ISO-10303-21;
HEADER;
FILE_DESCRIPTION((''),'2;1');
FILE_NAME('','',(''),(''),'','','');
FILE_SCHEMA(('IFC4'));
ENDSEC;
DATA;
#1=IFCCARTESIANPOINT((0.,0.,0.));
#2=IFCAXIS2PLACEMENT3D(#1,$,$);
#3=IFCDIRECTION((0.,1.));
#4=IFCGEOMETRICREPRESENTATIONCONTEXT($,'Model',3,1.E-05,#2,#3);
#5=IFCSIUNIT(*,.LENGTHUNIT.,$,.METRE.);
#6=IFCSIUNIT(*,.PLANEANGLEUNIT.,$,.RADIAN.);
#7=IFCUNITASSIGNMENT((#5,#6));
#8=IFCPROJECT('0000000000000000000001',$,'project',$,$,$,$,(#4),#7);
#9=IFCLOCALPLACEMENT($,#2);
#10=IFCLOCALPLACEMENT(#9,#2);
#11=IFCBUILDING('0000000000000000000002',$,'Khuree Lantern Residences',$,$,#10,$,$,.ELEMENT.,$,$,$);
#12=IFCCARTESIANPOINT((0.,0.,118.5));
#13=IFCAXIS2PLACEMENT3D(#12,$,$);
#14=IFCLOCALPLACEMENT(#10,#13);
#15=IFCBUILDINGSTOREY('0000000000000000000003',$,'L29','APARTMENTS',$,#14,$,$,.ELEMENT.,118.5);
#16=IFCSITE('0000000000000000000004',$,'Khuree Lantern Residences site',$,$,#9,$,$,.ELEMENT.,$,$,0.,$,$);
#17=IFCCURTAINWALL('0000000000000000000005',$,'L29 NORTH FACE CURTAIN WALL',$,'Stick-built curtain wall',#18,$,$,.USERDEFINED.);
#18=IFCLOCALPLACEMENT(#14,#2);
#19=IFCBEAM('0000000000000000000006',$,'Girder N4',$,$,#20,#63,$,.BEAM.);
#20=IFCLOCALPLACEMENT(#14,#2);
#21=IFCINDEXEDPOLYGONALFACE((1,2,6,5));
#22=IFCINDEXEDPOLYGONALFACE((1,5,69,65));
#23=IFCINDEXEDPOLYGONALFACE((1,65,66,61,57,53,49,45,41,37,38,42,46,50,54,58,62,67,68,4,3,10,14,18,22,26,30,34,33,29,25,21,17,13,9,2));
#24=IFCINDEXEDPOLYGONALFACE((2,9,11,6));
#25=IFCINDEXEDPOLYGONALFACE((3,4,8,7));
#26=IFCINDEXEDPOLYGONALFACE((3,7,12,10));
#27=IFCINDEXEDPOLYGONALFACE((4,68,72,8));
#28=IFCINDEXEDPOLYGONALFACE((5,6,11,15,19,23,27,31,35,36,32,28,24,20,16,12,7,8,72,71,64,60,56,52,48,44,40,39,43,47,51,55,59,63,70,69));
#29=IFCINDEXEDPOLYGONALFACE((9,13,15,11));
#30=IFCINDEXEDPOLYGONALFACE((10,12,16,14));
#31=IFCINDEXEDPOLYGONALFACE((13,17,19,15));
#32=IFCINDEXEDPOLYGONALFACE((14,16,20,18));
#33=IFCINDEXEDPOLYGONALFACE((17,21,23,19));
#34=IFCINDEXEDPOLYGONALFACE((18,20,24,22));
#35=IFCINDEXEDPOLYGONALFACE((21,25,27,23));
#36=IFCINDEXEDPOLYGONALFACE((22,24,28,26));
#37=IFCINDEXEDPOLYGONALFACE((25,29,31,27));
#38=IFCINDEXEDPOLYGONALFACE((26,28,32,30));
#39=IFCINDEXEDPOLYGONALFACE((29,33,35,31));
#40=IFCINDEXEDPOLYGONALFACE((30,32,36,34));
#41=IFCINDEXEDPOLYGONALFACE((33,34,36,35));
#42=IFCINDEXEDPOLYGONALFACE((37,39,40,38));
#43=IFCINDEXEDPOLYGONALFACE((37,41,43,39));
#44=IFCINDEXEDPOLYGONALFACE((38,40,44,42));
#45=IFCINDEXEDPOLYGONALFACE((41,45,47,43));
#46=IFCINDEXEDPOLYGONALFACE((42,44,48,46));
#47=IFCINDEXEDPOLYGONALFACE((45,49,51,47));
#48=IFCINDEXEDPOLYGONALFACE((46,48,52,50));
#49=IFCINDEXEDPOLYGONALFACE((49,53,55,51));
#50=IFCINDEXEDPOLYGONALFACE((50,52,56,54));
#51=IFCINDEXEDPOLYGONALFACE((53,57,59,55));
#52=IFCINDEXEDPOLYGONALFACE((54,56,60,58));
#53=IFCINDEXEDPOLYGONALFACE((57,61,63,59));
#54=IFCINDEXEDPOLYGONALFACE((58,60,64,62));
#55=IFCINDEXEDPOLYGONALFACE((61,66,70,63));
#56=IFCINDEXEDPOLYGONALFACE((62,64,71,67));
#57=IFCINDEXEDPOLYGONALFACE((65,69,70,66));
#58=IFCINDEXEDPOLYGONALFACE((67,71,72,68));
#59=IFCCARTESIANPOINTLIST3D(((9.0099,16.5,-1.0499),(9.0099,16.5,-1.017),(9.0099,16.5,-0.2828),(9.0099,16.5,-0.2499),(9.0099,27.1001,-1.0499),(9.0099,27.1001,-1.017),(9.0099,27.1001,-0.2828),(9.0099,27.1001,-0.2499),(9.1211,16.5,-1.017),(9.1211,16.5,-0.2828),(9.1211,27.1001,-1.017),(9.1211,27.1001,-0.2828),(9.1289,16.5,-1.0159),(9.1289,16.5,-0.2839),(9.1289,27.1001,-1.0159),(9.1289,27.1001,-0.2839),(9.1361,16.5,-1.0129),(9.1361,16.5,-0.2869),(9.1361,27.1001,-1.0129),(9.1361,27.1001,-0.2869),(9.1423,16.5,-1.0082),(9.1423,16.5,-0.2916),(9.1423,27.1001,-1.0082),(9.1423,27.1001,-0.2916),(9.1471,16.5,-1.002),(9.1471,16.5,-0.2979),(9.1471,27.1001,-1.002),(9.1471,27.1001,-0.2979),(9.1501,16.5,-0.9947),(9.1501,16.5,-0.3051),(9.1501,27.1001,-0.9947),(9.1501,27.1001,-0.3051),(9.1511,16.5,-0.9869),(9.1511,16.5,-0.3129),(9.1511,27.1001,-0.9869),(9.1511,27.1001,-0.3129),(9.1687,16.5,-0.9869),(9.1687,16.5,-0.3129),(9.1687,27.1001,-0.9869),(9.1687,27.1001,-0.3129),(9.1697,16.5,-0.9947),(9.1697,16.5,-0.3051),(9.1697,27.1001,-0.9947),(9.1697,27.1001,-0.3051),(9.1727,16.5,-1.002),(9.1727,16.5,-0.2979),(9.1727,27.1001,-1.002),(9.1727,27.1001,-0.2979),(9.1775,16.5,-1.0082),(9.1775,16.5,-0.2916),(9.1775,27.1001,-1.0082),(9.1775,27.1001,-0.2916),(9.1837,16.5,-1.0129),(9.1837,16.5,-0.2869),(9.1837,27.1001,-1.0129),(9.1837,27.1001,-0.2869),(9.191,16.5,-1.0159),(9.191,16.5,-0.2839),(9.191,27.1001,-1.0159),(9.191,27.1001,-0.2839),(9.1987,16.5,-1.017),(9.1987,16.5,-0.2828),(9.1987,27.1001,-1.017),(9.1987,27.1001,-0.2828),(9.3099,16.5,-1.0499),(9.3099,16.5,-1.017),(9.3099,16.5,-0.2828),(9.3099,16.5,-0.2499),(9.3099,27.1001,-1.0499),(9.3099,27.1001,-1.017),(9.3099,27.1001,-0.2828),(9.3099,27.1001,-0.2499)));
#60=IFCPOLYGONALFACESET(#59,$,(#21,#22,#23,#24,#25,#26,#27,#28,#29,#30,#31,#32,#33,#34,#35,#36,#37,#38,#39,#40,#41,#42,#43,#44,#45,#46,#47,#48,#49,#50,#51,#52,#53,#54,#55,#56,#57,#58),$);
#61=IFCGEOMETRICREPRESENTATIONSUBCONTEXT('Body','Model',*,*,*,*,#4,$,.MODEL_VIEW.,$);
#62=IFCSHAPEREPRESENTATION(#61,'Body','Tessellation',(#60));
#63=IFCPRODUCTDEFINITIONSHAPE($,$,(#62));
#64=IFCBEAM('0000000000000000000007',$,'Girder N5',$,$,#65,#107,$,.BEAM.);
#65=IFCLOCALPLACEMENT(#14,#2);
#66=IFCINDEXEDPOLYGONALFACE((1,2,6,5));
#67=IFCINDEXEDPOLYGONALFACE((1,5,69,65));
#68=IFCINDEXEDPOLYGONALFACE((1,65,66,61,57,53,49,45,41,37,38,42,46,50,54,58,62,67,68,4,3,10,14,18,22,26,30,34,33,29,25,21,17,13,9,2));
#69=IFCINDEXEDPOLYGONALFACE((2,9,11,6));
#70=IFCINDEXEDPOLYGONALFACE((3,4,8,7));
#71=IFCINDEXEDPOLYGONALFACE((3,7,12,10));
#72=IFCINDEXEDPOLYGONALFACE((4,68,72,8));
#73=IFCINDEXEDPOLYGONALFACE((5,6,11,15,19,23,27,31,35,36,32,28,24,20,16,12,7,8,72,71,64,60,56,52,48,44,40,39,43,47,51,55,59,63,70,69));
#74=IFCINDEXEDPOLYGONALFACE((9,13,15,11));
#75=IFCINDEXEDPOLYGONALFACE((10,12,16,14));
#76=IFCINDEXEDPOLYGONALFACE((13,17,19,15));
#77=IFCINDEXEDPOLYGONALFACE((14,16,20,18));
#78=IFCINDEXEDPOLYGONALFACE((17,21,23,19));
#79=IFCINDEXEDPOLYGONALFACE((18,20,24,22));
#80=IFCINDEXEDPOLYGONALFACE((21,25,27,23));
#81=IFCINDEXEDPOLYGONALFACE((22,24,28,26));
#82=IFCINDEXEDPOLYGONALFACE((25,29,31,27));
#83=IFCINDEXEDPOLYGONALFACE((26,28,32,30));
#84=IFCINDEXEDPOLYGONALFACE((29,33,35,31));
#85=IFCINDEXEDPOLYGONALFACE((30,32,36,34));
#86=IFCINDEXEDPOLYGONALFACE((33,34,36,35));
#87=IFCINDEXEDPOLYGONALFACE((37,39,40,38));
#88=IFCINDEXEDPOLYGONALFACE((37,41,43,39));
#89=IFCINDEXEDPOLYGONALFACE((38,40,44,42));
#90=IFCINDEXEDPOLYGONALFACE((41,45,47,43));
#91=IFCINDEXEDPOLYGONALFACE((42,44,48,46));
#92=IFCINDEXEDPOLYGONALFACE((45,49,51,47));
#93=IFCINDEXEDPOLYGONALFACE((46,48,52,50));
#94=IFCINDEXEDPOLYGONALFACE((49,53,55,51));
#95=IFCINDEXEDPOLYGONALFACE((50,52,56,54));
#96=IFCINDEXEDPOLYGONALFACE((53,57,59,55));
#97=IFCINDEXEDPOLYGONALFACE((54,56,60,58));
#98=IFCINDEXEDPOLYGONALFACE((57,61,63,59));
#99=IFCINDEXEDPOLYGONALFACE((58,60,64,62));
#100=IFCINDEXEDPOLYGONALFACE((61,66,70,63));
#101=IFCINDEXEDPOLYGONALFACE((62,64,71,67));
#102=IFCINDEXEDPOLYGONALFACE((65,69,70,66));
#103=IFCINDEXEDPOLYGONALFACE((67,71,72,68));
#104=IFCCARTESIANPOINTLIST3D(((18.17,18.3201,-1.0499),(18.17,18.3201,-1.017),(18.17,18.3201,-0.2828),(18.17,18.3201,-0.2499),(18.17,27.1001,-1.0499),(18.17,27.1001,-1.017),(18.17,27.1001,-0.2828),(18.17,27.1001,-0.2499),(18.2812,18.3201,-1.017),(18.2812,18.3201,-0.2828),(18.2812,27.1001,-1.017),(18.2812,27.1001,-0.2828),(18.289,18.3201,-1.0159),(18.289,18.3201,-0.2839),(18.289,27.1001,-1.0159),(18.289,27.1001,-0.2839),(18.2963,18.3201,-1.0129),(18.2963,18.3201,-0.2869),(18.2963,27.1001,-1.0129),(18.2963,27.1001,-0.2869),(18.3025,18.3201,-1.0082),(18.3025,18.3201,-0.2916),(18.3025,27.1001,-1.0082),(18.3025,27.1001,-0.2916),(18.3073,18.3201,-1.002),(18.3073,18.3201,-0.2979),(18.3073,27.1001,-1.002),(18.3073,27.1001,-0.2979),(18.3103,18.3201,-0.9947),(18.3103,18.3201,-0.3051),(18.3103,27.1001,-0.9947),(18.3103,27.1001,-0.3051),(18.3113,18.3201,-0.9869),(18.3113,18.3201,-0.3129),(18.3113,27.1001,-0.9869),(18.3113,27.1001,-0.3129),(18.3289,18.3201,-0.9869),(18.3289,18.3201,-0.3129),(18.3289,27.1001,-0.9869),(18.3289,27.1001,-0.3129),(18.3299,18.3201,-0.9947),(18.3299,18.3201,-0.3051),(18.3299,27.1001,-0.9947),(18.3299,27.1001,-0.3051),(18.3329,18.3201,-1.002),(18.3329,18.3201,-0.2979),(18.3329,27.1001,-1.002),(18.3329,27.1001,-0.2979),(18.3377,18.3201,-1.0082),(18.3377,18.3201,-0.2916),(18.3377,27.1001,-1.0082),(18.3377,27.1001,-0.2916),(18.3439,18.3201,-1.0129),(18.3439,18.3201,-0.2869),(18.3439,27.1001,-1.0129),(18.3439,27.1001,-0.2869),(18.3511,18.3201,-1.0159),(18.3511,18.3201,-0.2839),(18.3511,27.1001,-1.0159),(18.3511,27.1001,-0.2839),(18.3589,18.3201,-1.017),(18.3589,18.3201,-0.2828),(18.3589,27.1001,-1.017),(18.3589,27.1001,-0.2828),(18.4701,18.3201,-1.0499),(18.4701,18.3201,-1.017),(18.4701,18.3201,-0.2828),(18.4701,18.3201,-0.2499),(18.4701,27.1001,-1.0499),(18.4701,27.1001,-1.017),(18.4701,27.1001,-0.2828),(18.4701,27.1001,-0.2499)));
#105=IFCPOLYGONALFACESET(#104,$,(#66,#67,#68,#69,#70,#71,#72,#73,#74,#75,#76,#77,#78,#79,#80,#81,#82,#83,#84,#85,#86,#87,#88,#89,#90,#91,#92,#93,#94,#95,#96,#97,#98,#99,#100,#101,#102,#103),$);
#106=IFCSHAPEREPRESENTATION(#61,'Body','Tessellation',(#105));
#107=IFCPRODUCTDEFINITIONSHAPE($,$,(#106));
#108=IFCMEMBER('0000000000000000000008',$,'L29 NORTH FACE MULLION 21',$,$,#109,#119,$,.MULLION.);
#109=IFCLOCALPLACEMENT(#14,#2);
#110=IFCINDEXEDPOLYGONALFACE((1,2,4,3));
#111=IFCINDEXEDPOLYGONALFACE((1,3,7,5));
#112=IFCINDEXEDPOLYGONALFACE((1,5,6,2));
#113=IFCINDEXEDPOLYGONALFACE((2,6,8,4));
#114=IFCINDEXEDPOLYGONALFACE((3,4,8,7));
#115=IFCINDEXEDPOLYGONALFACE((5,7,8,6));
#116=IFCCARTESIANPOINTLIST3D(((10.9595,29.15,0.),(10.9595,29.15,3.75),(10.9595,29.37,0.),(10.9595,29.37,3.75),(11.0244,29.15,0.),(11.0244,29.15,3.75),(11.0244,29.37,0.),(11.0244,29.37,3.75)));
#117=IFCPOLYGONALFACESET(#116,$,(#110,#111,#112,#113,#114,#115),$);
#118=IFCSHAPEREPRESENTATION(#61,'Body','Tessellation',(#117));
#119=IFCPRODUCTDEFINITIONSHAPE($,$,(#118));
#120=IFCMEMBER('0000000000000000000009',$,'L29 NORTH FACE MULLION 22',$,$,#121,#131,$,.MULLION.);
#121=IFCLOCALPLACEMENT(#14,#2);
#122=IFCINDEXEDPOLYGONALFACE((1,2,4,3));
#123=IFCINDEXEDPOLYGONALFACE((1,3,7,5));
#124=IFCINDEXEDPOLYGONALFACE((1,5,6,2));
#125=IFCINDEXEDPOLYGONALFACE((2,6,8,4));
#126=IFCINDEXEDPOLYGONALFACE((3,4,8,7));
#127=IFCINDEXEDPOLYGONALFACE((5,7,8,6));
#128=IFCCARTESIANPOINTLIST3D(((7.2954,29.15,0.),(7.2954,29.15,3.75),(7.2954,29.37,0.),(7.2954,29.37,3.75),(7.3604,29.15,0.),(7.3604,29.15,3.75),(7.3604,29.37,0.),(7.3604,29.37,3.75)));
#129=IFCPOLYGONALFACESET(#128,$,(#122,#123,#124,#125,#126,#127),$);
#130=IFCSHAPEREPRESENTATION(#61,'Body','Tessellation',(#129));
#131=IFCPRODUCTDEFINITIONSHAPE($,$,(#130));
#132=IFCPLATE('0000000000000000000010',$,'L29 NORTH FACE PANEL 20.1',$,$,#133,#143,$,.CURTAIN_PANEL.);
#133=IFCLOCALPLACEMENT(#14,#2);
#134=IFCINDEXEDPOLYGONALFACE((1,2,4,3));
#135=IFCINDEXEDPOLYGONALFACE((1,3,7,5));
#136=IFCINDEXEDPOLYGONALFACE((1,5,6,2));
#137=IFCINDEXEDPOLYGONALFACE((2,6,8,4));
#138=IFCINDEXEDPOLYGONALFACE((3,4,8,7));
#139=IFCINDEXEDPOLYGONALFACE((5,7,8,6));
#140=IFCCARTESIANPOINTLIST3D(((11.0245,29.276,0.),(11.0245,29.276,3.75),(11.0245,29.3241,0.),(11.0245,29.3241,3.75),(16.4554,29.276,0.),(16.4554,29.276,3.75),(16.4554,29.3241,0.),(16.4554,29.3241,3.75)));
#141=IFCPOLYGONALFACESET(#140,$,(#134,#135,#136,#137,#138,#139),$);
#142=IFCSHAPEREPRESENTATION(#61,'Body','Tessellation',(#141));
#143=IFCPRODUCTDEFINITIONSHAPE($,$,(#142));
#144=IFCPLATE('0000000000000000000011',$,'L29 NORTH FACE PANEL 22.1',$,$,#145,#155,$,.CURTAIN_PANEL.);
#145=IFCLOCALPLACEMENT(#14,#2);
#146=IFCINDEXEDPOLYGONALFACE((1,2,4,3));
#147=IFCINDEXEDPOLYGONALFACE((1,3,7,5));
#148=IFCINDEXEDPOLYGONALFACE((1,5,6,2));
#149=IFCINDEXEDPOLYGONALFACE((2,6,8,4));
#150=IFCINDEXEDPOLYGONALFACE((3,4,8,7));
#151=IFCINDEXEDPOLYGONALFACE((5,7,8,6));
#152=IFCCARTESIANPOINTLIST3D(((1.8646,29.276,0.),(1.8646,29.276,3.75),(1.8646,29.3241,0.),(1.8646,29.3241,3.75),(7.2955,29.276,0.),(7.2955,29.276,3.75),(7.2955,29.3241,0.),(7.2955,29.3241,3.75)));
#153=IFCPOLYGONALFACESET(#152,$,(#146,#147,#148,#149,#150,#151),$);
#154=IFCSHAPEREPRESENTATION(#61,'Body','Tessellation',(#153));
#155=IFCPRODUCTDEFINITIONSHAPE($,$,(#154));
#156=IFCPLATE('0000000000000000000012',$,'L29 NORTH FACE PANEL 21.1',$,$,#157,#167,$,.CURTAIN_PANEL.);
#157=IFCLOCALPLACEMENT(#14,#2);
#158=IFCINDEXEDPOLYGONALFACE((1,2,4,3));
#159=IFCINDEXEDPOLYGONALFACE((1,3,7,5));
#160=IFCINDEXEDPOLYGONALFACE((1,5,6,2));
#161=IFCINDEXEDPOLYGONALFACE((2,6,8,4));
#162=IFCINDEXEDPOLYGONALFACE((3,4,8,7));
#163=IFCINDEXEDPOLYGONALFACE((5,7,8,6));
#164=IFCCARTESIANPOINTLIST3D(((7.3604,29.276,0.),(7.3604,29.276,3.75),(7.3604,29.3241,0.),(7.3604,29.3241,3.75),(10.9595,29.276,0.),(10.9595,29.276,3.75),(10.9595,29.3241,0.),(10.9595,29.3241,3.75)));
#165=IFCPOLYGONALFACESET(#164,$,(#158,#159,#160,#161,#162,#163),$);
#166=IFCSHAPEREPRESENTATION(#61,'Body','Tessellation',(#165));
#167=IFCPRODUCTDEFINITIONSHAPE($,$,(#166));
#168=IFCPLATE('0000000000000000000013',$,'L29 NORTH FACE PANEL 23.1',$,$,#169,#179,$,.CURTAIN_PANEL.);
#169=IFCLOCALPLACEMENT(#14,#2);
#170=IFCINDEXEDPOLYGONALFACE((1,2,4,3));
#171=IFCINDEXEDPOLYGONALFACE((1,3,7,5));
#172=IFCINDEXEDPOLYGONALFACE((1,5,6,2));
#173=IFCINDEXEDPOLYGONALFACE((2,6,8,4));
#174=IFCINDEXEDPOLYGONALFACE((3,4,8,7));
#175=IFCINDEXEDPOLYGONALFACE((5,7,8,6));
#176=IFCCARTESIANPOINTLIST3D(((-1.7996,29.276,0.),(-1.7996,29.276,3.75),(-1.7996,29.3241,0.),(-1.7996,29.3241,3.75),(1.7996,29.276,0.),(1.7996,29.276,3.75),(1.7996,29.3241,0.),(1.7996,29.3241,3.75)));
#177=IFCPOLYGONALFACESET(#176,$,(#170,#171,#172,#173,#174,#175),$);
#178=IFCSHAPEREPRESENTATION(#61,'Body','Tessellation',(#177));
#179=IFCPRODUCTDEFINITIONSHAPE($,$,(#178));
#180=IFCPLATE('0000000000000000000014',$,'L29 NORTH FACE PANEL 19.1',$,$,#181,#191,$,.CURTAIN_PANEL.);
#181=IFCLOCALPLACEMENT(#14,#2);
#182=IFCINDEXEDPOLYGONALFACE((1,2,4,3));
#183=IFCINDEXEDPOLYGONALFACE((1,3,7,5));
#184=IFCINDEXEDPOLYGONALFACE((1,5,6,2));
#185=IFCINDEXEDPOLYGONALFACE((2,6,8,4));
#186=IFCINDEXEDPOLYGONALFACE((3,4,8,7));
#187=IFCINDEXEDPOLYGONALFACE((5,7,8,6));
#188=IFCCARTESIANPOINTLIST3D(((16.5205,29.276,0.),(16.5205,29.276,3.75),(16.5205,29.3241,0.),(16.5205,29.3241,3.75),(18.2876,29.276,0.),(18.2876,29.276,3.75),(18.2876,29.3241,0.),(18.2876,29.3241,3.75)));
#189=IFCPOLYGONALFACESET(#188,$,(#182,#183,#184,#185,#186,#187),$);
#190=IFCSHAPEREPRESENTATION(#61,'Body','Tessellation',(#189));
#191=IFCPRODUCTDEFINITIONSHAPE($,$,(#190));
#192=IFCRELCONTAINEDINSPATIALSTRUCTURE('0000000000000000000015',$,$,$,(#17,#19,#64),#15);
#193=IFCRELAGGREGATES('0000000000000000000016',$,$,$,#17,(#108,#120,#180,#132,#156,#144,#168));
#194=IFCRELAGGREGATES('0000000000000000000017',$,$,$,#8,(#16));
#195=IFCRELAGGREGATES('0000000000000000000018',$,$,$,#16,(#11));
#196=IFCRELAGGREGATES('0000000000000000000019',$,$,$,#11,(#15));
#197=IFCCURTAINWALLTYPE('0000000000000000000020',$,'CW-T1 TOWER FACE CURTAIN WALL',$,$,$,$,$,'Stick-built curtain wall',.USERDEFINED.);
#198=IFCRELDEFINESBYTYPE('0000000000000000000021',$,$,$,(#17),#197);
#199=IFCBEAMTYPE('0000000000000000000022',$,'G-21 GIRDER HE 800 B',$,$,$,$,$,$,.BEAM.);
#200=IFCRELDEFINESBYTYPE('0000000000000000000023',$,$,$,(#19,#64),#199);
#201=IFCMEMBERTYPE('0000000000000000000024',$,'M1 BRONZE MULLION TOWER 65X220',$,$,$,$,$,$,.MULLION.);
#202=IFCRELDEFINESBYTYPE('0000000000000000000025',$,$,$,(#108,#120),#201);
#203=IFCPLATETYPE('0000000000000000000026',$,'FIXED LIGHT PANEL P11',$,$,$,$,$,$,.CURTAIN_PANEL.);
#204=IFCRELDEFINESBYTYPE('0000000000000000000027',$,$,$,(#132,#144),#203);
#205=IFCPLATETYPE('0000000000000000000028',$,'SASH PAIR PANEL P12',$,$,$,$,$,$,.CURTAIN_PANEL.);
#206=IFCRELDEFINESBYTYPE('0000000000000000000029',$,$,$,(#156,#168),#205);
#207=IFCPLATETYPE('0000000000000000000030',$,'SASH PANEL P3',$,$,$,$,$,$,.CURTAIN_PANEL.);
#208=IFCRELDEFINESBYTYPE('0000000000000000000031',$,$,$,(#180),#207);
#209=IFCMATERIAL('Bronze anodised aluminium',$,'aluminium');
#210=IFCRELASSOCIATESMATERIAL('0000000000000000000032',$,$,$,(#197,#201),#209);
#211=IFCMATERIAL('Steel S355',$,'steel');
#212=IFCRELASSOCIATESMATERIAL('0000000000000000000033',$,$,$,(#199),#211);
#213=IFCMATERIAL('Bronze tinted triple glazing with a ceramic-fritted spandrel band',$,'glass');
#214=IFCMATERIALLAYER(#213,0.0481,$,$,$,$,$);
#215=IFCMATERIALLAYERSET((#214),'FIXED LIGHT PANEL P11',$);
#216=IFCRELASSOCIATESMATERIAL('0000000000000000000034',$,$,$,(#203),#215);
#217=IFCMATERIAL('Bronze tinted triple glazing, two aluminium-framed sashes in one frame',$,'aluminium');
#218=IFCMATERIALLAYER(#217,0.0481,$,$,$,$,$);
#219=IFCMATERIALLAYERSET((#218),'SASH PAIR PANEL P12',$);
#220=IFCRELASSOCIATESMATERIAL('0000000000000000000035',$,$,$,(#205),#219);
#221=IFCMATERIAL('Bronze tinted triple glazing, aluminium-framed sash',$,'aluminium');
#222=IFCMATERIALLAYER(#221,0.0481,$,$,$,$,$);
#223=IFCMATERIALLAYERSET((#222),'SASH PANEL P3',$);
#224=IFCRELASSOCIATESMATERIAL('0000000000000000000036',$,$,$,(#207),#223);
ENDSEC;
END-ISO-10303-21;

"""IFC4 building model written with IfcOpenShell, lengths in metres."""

from ifc_helpers import new_model, si_unit, direction, frame, origin, origin_2d, place, context, subcontext, project, spatial, rectangle, i_section, extrude, material, layer, layer_set, material_profile, profile_set, type_object, element, aggregate, save


model = new_model("IFC4")

# Units and contexts
model_context = context("Model", 3, precision=1e-05, world=origin(), true_north=direction((0.0, 1.0)))
body_context = subcontext(model_context, "Body", "Model", "MODEL_VIEW")
ifc_project = project(units=[si_unit("LENGTHUNIT", "METRE"), si_unit("PLANEANGLEUNIT", "RADIAN")], contexts=[model_context])

# Site, building, storey
site_placement = place(None, origin())
site = spatial("IfcSite", under=ifc_project, at=site_placement, Name="Khuree Lantern Residences site", CompositionType="ELEMENT", RefElevation=0.0)
building_placement = place(site_placement, origin())
building = spatial("IfcBuilding", under=site, at=building_placement, Name="Khuree Lantern Residences", CompositionType="ELEMENT")
storey_placement = place(building_placement, frame((0.0, 0.0, 118.5)))
storey = spatial("IfcBuildingStorey", under=building, at=storey_placement, Name="L29", Description="APARTMENTS", CompositionType="ELEMENT", Elevation=118.5)

# Shared definitions
ifc_material_1 = material(Name="Steel S355", Category="steel")

# Curtain wall
ifc_material_2 = material(Name="Bronze anodised aluminium", Category="aluminium")
curtain_wall_type = type_object("IfcCurtainWallType", Name="CW-T1 TOWER FACE CURTAIN WALL", ElementType="Stick-built curtain wall", PredefinedType="USERDEFINED", material=ifc_material_2)
curtain_wall_placement = place(storey_placement, origin())
curtain_wall = element("IfcCurtainWall", 1, at=curtain_wall_placement, inside=storey, type_object=curtain_wall_type, Name="L29 NORTH FACE CURTAIN WALL", ObjectType="Stick-built curtain wall", PredefinedType="USERDEFINED")

# Beams
ifc_material_profile_1 = material_profile(ifc_material_1, i_section(OverallWidth=0.3, OverallDepth=0.8, WebThickness=0.0176, FlangeThickness=0.033, FilletRadius=0.03, at=origin_2d()), Name="HE 800 B")
ifc_profile_set_1 = profile_set([ifc_material_profile_1], Name="Steel S355")
beam_type_1 = type_object("IfcBeamType", Name="G-21 GIRDER HE 800 B", PredefinedType="BEAM", material=ifc_profile_set_1)
for number, where, z_axis, x_axis, name in (
    (2, (9.1599, 27.1001, -0.6499), (0.0, -1.0, 0.0), (1.0, 0.0, 0.0), "Girder N4"),
):
    element("IfcBeam", number, at=place(storey_placement, frame(where, z_axis=z_axis, x_axis=x_axis)), inside=storey, type_object=beam_type_1, Name=name, PredefinedType="BEAM", context=body_context, shape_type="SweptSolid", body=[
        extrude(i_section(OverallWidth=0.3, OverallDepth=0.8, WebThickness=0.0176, FlangeThickness=0.033, FilletRadius=0.03, at=origin_2d()), origin(), (0.0, 0.0, 1.0), 10.6001),
    ])
beam_1_placement = place(storey_placement, frame((18.3201, 27.1001, -0.6499), z_axis=(0.0, -1.0, 0.0), x_axis=(1.0, 0.0, 0.0)))
element("IfcBeam", 3, at=beam_1_placement, inside=storey, type_object=beam_type_1, Name="Girder N5", PredefinedType="BEAM", context=body_context, shape_type="SweptSolid", body=[
    extrude(i_section(OverallWidth=0.3, OverallDepth=0.8, WebThickness=0.0176, FlangeThickness=0.033, FilletRadius=0.03, at=origin_2d()), origin(), (0.0, 0.0, 1.0), 8.78),
])

# Members
ifc_material_profile_2 = material_profile(ifc_material_2, rectangle(XDim=0.0649, YDim=0.22, at=origin_2d()), Name="M1 65X220")
ifc_profile_set_2 = profile_set([ifc_material_profile_2], Name="Bronze anodised aluminium")
member_type_1 = type_object("IfcMemberType", Name="M1 BRONZE MULLION TOWER 65X220", PredefinedType="MULLION", material=ifc_profile_set_2)
member_1_placement = place(storey_placement, frame((10.9919, 29.26, 0.0), z_axis=(0.0, 0.0, 1.0), x_axis=(-1.0, 0.0, 0.0)))
member_1 = element("IfcMember", 4, at=member_1_placement, type_object=member_type_1, Name="L29 NORTH FACE MULLION 21", PredefinedType="MULLION", context=body_context, shape_type="SweptSolid", body=[
    extrude(rectangle(XDim=0.0649, YDim=0.22, at=origin_2d()), origin(), (0.0, 0.0, 1.0), 3.75),
])
member_2_placement = place(storey_placement, frame((7.3279, 29.26, 0.0), z_axis=(0.0, 0.0, 1.0), x_axis=(-1.0, 0.0, 0.0)))
member_2 = element("IfcMember", 5, at=member_2_placement, type_object=member_type_1, Name="L29 NORTH FACE MULLION 22", PredefinedType="MULLION", context=body_context, shape_type="SweptSolid", body=[
    extrude(rectangle(XDim=0.0649, YDim=0.22, at=origin_2d()), origin(), (0.0, 0.0, 1.0), 3.75),
])

# Plates
ifc_material_3 = material(Name="Bronze tinted triple glazing with a ceramic-fritted spandrel band", Category="glass")
ifc_layer_1 = layer(ifc_material_3, 0.0481)
ifc_layer_set_1 = layer_set([ifc_layer_1], Name="FIXED LIGHT PANEL P11")
plate_type_1 = type_object("IfcPlateType", Name="FIXED LIGHT PANEL P11", PredefinedType="CURTAIN_PANEL", material=ifc_layer_set_1)
plate_1_placement = place(storey_placement, frame((13.74, 29.3, 0.0), z_axis=(0.0, 0.0, 1.0), x_axis=(-1.0, 0.0, 0.0)))
plate_1 = element("IfcPlate", 6, at=plate_1_placement, type_object=plate_type_1, Name="L29 NORTH FACE PANEL 20.1", PredefinedType="CURTAIN_PANEL", context=body_context, shape_type="SweptSolid", body=[
    extrude(rectangle(XDim=5.4309, YDim=0.0481, at=origin_2d()), origin(), (0.0, 0.0, 1.0), 3.75),
])
plate_2_placement = place(storey_placement, frame((4.5801, 29.3, 0.0), z_axis=(0.0, 0.0, 1.0), x_axis=(-1.0, 0.0, 0.0)))
plate_2 = element("IfcPlate", 7, at=plate_2_placement, type_object=plate_type_1, Name="L29 NORTH FACE PANEL 22.1", PredefinedType="CURTAIN_PANEL", context=body_context, shape_type="SweptSolid", body=[
    extrude(rectangle(XDim=5.4309, YDim=0.0481, at=origin_2d()), origin(), (0.0, 0.0, 1.0), 3.75),
])
ifc_material_4 = material(Name="Bronze tinted triple glazing, two aluminium-framed sashes in one frame", Category="aluminium")
ifc_layer_2 = layer(ifc_material_4, 0.0481)
ifc_layer_set_2 = layer_set([ifc_layer_2], Name="SASH PAIR PANEL P12")
plate_type_2 = type_object("IfcPlateType", Name="SASH PAIR PANEL P12", PredefinedType="CURTAIN_PANEL", material=ifc_layer_set_2)
plate_3_placement = place(storey_placement, frame((9.1599, 29.3, 0.0), z_axis=(0.0, 0.0, 1.0), x_axis=(-1.0, 0.0, 0.0)))
plate_3 = element("IfcPlate", 8, at=plate_3_placement, type_object=plate_type_2, Name="L29 NORTH FACE PANEL 21.1", PredefinedType="CURTAIN_PANEL", context=body_context, shape_type="SweptSolid", body=[
    extrude(rectangle(XDim=3.5991, YDim=0.0481, at=origin_2d()), origin(), (0.0, 0.0, 1.0), 3.75),
])
plate_4_placement = place(storey_placement, frame((0.0, 29.3, 0.0), z_axis=(0.0, 0.0, 1.0), x_axis=(-1.0, 0.0, 0.0)))
plate_4 = element("IfcPlate", 9, at=plate_4_placement, type_object=plate_type_2, Name="L29 NORTH FACE PANEL 23.1", PredefinedType="CURTAIN_PANEL", context=body_context, shape_type="SweptSolid", body=[
    extrude(rectangle(XDim=3.5991, YDim=0.0481, at=origin_2d()), origin(), (0.0, 0.0, 1.0), 3.75),
])
ifc_material_5 = material(Name="Bronze tinted triple glazing, aluminium-framed sash", Category="aluminium")
ifc_layer_3 = layer(ifc_material_5, 0.0481)
ifc_layer_set_3 = layer_set([ifc_layer_3], Name="SASH PANEL P3")
plate_type_3 = type_object("IfcPlateType", Name="SASH PANEL P3", PredefinedType="CURTAIN_PANEL", material=ifc_layer_set_3)
plate_5_placement = place(storey_placement, frame((17.4041, 29.3, 0.0), z_axis=(0.0, 0.0, 1.0), x_axis=(-1.0, 0.0, 0.0)))
plate_5 = element("IfcPlate", 10, at=plate_5_placement, type_object=plate_type_3, Name="L29 NORTH FACE PANEL 19.1", PredefinedType="CURTAIN_PANEL", context=body_context, shape_type="SweptSolid", body=[
    extrude(rectangle(XDim=1.7671, YDim=0.0481, at=origin_2d()), origin(), (0.0, 0.0, 1.0), 3.75),
])
aggregate(curtain_wall, [member_1, member_2, plate_5, plate_1, plate_3, plate_2, plate_4])

save(model, "model.ifc")
